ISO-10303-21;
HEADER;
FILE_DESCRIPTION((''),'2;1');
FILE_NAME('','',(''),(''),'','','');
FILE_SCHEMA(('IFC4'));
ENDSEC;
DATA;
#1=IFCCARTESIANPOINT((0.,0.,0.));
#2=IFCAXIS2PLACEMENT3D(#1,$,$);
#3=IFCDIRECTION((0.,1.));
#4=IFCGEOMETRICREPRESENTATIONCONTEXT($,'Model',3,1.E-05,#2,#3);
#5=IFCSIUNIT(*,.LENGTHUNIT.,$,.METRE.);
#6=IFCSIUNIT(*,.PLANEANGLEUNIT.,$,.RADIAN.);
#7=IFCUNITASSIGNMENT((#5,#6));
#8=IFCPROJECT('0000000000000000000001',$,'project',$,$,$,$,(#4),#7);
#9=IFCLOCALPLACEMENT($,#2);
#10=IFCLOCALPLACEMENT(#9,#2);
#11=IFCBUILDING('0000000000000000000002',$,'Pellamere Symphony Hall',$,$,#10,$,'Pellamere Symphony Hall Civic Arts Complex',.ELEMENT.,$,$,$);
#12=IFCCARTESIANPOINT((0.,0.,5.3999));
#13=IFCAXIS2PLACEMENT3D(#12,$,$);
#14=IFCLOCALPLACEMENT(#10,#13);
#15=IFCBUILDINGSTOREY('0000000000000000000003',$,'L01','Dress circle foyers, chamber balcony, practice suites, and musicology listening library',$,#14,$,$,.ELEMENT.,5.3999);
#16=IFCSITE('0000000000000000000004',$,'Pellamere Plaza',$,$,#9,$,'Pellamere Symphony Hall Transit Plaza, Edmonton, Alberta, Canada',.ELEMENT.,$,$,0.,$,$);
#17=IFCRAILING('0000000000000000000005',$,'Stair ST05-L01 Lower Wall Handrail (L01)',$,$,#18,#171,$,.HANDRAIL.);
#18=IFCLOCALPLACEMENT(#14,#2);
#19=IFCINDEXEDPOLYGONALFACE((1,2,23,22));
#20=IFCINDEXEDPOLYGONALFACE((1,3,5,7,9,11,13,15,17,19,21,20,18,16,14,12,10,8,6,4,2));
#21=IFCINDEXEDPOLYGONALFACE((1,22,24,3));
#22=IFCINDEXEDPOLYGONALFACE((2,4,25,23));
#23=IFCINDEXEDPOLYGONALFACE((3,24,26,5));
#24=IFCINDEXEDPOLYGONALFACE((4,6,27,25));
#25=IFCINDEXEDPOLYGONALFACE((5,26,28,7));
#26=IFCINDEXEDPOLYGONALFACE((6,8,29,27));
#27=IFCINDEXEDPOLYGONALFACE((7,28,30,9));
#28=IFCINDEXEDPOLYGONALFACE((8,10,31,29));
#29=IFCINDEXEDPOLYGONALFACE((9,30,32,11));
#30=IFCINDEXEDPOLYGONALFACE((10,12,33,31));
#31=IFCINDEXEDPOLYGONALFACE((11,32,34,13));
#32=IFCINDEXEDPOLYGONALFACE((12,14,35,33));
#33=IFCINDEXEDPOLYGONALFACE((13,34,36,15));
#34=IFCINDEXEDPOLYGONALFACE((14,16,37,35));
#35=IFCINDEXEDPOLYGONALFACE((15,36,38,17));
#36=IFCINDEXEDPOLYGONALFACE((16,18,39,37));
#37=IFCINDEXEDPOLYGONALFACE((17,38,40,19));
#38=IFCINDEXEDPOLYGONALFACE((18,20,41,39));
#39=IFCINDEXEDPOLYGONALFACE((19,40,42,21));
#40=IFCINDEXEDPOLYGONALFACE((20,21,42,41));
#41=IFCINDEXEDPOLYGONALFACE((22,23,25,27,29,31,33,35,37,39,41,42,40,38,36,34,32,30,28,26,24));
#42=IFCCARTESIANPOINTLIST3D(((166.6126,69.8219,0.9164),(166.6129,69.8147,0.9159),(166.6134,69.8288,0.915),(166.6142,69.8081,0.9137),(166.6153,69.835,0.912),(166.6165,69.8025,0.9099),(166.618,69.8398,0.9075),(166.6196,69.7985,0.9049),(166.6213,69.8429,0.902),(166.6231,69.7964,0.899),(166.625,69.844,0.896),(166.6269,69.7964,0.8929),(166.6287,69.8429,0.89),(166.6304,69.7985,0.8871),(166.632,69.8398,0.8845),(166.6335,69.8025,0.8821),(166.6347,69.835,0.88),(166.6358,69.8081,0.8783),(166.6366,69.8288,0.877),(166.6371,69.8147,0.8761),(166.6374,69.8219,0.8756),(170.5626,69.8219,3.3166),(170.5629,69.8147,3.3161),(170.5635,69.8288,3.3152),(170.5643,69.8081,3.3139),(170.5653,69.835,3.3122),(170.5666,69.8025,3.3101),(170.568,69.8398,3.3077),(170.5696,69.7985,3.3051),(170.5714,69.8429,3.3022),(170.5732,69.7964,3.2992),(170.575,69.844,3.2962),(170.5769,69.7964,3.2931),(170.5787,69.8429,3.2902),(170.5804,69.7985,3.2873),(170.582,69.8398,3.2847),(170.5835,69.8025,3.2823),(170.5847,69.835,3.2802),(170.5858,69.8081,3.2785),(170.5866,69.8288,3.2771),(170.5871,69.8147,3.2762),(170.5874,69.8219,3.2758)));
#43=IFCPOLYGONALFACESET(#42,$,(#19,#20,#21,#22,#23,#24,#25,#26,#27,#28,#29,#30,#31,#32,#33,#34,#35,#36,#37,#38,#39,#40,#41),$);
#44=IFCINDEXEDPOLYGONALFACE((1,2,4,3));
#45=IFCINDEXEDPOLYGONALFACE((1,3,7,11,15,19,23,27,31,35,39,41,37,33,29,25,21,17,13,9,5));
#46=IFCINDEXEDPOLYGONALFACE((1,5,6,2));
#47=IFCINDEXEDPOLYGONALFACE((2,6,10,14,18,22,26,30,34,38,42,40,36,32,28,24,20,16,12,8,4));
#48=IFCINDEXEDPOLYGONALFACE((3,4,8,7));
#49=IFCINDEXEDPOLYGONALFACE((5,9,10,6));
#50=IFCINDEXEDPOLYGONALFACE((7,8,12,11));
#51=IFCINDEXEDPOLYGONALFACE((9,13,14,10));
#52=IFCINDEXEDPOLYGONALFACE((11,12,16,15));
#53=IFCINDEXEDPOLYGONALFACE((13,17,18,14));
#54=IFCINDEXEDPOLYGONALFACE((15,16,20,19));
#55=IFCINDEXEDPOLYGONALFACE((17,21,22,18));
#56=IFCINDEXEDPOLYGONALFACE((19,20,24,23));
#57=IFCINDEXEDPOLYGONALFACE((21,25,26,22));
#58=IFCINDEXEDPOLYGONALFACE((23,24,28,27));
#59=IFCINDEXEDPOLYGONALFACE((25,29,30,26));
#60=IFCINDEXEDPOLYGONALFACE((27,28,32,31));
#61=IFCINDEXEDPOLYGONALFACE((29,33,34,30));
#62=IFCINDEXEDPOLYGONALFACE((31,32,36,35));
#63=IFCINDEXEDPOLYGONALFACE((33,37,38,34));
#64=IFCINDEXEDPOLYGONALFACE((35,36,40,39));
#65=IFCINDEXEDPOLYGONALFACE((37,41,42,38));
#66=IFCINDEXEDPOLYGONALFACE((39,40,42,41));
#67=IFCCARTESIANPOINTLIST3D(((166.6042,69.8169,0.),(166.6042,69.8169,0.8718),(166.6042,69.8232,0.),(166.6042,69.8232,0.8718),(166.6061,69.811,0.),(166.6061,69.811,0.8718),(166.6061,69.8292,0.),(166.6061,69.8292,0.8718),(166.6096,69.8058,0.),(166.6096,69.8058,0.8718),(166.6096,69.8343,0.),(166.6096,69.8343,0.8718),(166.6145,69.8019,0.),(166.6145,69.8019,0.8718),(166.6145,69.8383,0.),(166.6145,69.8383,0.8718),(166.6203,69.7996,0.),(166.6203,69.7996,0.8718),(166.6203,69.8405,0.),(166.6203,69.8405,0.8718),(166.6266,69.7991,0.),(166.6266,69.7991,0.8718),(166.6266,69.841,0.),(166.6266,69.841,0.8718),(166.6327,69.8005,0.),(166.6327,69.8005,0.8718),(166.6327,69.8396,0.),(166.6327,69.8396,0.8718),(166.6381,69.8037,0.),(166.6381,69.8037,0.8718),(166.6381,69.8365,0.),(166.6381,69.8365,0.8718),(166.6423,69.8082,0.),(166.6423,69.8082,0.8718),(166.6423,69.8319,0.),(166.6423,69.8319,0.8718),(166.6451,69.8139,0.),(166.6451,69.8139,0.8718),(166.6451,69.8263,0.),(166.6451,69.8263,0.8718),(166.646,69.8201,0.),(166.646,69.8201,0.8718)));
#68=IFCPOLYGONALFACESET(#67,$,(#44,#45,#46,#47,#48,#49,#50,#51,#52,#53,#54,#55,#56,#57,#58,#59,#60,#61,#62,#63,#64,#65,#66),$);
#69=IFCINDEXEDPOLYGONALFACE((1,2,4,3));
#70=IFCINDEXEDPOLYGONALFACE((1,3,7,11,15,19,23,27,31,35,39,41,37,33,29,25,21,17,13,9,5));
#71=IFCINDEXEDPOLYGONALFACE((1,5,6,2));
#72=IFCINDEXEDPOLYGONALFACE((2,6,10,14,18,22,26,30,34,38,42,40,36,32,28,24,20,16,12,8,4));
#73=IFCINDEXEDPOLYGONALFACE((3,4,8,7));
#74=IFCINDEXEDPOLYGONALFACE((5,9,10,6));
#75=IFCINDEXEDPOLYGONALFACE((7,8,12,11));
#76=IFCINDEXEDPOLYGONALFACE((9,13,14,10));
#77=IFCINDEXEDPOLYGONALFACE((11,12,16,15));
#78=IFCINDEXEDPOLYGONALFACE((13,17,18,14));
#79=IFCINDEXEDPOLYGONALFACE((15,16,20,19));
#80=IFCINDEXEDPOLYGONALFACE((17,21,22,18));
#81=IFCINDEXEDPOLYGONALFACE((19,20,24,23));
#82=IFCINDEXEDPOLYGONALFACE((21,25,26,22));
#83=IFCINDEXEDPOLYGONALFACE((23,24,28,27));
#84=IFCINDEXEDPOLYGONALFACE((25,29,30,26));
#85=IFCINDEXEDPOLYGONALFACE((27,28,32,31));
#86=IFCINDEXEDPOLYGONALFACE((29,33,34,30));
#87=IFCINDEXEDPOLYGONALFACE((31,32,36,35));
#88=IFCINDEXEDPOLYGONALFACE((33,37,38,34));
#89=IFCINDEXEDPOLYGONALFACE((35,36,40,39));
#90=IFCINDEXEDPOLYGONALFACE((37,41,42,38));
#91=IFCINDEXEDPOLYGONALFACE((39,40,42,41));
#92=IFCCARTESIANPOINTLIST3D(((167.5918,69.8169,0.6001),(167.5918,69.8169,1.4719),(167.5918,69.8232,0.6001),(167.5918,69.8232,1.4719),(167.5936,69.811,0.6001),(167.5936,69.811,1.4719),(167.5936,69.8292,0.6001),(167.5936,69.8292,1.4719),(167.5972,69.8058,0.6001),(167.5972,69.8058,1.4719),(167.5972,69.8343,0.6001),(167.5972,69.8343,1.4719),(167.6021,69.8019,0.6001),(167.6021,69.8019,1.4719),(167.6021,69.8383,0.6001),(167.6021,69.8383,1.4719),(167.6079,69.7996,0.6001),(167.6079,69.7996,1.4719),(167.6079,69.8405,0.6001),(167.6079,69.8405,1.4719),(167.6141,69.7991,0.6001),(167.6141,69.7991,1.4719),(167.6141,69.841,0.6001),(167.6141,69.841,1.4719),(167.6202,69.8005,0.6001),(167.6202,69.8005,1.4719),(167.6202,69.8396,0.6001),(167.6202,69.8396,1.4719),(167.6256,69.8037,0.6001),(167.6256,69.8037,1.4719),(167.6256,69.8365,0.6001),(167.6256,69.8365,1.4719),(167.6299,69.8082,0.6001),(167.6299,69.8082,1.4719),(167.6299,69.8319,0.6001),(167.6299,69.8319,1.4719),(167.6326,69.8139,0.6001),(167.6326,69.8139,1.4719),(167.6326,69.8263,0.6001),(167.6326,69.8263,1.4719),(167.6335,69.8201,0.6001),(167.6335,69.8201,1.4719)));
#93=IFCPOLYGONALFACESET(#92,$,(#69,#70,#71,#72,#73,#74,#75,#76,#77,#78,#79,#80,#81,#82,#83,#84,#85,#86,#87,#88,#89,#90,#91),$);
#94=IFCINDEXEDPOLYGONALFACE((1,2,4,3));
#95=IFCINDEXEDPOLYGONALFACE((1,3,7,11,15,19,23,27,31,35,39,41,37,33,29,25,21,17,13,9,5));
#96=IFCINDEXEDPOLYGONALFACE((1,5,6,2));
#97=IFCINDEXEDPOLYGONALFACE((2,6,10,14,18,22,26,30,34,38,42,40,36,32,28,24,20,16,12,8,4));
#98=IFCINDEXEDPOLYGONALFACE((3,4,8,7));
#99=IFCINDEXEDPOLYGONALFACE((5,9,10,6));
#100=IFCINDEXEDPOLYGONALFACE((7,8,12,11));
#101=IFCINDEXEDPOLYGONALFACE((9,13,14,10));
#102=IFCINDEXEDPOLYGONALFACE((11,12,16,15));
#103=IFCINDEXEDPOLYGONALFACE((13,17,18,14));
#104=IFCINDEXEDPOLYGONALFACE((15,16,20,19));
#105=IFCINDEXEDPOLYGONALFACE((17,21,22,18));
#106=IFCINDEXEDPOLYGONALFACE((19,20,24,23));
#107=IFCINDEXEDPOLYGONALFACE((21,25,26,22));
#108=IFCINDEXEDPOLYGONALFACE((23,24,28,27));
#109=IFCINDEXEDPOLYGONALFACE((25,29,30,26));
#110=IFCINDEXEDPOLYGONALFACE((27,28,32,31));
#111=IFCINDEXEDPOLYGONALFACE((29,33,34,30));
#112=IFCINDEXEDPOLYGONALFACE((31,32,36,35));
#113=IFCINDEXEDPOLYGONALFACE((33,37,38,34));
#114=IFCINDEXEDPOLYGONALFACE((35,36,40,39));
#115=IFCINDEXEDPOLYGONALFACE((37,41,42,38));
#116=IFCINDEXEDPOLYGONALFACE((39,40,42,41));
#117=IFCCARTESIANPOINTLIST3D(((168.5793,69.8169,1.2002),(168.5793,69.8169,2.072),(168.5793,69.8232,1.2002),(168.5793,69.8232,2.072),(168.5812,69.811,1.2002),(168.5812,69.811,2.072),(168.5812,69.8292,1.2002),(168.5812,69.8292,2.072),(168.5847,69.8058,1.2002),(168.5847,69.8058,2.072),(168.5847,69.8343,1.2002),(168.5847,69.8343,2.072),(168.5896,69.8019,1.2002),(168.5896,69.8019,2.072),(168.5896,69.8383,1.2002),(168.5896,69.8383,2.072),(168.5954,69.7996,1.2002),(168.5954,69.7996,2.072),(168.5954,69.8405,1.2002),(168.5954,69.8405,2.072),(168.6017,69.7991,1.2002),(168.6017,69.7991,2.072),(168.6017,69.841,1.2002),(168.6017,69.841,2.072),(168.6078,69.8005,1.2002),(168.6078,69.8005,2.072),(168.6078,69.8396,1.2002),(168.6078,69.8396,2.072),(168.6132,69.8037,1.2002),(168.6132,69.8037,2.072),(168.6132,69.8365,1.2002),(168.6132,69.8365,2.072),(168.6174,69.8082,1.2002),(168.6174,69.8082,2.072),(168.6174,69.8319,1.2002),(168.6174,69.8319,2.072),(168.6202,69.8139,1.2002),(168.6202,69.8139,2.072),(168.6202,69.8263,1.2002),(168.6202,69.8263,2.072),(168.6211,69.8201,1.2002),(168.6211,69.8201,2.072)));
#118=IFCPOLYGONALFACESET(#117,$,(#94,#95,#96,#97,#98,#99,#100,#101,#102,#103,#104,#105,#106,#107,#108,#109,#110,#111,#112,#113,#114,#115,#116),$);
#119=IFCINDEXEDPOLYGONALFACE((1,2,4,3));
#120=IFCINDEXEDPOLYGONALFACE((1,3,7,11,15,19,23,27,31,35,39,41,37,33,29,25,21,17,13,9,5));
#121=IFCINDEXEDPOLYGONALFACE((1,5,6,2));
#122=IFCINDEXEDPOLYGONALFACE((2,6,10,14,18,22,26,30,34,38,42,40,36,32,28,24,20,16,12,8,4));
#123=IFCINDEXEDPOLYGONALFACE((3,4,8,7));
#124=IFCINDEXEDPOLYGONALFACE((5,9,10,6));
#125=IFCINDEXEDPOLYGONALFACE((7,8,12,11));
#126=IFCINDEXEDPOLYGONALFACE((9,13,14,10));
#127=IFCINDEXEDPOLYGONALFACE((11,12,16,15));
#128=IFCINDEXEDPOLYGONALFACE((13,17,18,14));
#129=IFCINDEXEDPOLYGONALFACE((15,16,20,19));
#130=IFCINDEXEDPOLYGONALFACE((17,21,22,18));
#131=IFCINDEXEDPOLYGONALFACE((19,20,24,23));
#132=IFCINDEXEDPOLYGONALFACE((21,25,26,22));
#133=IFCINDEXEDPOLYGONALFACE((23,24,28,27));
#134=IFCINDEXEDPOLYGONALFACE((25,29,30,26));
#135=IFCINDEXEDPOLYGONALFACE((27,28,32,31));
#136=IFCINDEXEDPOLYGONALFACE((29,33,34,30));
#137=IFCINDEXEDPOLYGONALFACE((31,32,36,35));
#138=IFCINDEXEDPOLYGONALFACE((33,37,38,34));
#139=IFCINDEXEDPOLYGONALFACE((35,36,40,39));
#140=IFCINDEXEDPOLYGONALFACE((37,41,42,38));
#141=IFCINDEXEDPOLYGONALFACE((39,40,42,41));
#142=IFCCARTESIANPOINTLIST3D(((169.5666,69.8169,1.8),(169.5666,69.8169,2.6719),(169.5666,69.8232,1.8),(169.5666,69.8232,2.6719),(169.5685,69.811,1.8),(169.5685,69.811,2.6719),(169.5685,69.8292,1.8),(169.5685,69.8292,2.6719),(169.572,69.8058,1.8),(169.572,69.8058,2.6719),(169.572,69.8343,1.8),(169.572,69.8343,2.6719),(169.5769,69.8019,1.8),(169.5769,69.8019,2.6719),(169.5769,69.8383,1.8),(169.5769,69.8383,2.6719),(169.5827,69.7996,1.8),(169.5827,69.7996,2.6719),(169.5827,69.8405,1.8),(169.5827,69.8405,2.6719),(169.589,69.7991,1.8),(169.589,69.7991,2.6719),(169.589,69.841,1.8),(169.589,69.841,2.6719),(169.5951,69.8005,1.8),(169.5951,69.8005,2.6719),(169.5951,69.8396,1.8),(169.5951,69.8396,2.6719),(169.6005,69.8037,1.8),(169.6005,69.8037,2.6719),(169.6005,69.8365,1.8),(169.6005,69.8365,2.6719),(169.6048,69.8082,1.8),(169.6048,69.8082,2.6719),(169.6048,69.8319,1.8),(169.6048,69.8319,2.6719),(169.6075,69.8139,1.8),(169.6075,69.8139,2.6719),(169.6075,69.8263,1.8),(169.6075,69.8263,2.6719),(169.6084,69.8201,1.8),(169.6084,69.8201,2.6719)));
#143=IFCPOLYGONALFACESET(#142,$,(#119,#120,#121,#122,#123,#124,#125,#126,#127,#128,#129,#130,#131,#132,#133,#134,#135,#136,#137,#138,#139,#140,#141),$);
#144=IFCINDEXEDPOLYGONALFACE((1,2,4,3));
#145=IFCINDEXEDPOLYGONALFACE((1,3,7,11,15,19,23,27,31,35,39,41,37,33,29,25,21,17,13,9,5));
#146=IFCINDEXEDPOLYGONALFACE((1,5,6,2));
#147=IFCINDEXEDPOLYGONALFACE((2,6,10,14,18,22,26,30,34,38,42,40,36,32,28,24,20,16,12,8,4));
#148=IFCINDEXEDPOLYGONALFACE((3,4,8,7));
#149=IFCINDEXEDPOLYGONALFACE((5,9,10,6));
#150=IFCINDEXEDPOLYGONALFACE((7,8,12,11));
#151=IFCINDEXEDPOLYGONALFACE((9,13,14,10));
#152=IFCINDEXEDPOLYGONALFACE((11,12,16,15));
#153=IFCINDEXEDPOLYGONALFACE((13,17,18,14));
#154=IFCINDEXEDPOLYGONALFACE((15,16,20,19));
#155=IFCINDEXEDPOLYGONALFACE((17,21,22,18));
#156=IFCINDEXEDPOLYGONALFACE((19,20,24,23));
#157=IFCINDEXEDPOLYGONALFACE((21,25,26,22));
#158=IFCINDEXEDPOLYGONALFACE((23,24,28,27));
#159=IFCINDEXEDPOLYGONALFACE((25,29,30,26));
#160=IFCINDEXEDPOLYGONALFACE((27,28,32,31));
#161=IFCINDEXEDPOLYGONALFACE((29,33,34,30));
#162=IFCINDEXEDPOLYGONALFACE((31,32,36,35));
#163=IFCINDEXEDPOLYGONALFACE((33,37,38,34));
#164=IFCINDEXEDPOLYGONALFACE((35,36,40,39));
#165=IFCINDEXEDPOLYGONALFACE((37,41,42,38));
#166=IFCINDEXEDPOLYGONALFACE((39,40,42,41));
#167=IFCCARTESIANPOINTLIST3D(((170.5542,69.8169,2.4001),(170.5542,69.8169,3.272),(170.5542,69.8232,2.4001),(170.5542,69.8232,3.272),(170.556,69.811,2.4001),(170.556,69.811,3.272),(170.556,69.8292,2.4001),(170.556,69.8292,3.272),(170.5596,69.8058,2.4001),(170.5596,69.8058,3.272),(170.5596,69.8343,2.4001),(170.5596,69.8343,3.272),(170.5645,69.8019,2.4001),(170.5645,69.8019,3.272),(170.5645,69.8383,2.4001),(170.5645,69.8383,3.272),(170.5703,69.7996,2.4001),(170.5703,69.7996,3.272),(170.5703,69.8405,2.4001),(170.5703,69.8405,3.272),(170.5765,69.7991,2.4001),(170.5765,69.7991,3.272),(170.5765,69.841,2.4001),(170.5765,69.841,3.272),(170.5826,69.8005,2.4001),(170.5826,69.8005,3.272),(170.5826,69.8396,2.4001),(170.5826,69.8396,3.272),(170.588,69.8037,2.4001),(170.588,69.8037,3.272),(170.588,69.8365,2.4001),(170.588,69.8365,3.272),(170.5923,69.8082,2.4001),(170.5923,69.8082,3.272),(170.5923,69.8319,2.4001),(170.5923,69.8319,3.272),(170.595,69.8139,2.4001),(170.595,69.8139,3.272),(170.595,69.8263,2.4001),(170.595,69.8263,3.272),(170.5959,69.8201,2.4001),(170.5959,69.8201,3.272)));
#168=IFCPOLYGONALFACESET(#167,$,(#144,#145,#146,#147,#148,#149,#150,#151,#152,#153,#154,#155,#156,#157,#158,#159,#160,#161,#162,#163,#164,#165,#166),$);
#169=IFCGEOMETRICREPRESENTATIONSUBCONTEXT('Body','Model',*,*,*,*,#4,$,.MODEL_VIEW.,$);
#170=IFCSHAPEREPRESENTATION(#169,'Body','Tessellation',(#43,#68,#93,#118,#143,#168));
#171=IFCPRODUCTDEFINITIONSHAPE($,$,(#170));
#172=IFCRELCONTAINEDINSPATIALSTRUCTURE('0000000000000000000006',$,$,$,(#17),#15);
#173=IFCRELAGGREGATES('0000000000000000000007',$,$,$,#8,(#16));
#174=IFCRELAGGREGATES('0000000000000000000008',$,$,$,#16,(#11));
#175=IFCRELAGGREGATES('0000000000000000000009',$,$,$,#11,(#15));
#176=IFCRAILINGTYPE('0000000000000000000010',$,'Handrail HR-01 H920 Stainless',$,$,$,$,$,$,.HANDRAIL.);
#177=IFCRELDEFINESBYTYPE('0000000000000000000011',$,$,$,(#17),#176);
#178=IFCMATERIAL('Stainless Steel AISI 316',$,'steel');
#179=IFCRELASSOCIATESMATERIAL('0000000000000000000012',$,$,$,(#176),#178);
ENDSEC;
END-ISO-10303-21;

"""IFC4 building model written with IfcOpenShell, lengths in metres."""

from ifc_helpers import new_model, si_unit, direction, frame, origin, origin_2d, place, context, subcontext, project, spatial, circle, extrude, material, type_object, element, save


model = new_model("IFC4")

# Units and contexts
model_context = context("Model", 3, precision=1e-05, world=origin(), true_north=direction((0.0, 1.0)))
body_context = subcontext(model_context, "Body", "Model", "MODEL_VIEW")
ifc_project = project(units=[si_unit("LENGTHUNIT", "METRE"), si_unit("PLANEANGLEUNIT", "RADIAN")], contexts=[model_context])

# Site, building, storey
site_placement = place(None, origin())
site = spatial("IfcSite", under=ifc_project, at=site_placement, Name="Pellamere Plaza", LongName="Pellamere Symphony Hall Transit Plaza, Edmonton, Alberta, Canada", CompositionType="ELEMENT", RefElevation=0.0)
building_placement = place(site_placement, origin())
building = spatial("IfcBuilding", under=site, at=building_placement, Name="Pellamere Symphony Hall", LongName="Pellamere Symphony Hall Civic Arts Complex", CompositionType="ELEMENT")
storey_placement = place(building_placement, frame((0.0, 0.0, 5.3999)))
storey = spatial("IfcBuildingStorey", under=building, at=storey_placement, Name="L01", Description="Dress circle foyers, chamber balcony, practice suites, and musicology listening library", CompositionType="ELEMENT", Elevation=5.3999)

# Railing
ifc_material_1 = material(Name="Stainless Steel AISI 316", Category="steel")
railing_type_1 = type_object("IfcRailingType", Name="Handrail HR-01 H920 Stainless", PredefinedType="HANDRAIL", material=ifc_material_1)
railing_1_placement = place(storey_placement, frame((166.625, 69.8201, 0.0)))
element("IfcRailing", 1, at=railing_1_placement, inside=storey, type_object=railing_type_1, Name="Stair ST05-L01 Lower Wall Handrail (L01)", PredefinedType="HANDRAIL", context=body_context, shape_type="SweptSolid", body=[
    extrude(circle(Radius=0.0239, at=origin_2d()), frame((0.0, 0.0, 0.896), z_axis=(0.854599, 0.0, 0.519288), x_axis=(0.0, 1.0, 0.0)), (0.0, 0.0, 1.0), 4.6221),
    extrude(circle(Radius=0.021, at=origin_2d()), origin(), (0.0, 0.0, 1.0), 0.8718),
    extrude(circle(Radius=0.021, at=origin_2d()), frame((0.9875, 0.0, 0.6001)), (0.0, 0.0, 1.0), 0.8718),
    extrude(circle(Radius=0.021, at=origin_2d()), frame((1.9751, 0.0, 1.2002)), (0.0, 0.0, 1.0), 0.8718),
    extrude(circle(Radius=0.021, at=origin_2d()), frame((2.9624, 0.0, 1.8)), (0.0, 0.0, 1.0), 0.8718),
    extrude(circle(Radius=0.021, at=origin_2d()), frame((3.95, 0.0, 2.4001)), (0.0, 0.0, 1.0), 0.8718),
])

save(model, "model.ifc")
